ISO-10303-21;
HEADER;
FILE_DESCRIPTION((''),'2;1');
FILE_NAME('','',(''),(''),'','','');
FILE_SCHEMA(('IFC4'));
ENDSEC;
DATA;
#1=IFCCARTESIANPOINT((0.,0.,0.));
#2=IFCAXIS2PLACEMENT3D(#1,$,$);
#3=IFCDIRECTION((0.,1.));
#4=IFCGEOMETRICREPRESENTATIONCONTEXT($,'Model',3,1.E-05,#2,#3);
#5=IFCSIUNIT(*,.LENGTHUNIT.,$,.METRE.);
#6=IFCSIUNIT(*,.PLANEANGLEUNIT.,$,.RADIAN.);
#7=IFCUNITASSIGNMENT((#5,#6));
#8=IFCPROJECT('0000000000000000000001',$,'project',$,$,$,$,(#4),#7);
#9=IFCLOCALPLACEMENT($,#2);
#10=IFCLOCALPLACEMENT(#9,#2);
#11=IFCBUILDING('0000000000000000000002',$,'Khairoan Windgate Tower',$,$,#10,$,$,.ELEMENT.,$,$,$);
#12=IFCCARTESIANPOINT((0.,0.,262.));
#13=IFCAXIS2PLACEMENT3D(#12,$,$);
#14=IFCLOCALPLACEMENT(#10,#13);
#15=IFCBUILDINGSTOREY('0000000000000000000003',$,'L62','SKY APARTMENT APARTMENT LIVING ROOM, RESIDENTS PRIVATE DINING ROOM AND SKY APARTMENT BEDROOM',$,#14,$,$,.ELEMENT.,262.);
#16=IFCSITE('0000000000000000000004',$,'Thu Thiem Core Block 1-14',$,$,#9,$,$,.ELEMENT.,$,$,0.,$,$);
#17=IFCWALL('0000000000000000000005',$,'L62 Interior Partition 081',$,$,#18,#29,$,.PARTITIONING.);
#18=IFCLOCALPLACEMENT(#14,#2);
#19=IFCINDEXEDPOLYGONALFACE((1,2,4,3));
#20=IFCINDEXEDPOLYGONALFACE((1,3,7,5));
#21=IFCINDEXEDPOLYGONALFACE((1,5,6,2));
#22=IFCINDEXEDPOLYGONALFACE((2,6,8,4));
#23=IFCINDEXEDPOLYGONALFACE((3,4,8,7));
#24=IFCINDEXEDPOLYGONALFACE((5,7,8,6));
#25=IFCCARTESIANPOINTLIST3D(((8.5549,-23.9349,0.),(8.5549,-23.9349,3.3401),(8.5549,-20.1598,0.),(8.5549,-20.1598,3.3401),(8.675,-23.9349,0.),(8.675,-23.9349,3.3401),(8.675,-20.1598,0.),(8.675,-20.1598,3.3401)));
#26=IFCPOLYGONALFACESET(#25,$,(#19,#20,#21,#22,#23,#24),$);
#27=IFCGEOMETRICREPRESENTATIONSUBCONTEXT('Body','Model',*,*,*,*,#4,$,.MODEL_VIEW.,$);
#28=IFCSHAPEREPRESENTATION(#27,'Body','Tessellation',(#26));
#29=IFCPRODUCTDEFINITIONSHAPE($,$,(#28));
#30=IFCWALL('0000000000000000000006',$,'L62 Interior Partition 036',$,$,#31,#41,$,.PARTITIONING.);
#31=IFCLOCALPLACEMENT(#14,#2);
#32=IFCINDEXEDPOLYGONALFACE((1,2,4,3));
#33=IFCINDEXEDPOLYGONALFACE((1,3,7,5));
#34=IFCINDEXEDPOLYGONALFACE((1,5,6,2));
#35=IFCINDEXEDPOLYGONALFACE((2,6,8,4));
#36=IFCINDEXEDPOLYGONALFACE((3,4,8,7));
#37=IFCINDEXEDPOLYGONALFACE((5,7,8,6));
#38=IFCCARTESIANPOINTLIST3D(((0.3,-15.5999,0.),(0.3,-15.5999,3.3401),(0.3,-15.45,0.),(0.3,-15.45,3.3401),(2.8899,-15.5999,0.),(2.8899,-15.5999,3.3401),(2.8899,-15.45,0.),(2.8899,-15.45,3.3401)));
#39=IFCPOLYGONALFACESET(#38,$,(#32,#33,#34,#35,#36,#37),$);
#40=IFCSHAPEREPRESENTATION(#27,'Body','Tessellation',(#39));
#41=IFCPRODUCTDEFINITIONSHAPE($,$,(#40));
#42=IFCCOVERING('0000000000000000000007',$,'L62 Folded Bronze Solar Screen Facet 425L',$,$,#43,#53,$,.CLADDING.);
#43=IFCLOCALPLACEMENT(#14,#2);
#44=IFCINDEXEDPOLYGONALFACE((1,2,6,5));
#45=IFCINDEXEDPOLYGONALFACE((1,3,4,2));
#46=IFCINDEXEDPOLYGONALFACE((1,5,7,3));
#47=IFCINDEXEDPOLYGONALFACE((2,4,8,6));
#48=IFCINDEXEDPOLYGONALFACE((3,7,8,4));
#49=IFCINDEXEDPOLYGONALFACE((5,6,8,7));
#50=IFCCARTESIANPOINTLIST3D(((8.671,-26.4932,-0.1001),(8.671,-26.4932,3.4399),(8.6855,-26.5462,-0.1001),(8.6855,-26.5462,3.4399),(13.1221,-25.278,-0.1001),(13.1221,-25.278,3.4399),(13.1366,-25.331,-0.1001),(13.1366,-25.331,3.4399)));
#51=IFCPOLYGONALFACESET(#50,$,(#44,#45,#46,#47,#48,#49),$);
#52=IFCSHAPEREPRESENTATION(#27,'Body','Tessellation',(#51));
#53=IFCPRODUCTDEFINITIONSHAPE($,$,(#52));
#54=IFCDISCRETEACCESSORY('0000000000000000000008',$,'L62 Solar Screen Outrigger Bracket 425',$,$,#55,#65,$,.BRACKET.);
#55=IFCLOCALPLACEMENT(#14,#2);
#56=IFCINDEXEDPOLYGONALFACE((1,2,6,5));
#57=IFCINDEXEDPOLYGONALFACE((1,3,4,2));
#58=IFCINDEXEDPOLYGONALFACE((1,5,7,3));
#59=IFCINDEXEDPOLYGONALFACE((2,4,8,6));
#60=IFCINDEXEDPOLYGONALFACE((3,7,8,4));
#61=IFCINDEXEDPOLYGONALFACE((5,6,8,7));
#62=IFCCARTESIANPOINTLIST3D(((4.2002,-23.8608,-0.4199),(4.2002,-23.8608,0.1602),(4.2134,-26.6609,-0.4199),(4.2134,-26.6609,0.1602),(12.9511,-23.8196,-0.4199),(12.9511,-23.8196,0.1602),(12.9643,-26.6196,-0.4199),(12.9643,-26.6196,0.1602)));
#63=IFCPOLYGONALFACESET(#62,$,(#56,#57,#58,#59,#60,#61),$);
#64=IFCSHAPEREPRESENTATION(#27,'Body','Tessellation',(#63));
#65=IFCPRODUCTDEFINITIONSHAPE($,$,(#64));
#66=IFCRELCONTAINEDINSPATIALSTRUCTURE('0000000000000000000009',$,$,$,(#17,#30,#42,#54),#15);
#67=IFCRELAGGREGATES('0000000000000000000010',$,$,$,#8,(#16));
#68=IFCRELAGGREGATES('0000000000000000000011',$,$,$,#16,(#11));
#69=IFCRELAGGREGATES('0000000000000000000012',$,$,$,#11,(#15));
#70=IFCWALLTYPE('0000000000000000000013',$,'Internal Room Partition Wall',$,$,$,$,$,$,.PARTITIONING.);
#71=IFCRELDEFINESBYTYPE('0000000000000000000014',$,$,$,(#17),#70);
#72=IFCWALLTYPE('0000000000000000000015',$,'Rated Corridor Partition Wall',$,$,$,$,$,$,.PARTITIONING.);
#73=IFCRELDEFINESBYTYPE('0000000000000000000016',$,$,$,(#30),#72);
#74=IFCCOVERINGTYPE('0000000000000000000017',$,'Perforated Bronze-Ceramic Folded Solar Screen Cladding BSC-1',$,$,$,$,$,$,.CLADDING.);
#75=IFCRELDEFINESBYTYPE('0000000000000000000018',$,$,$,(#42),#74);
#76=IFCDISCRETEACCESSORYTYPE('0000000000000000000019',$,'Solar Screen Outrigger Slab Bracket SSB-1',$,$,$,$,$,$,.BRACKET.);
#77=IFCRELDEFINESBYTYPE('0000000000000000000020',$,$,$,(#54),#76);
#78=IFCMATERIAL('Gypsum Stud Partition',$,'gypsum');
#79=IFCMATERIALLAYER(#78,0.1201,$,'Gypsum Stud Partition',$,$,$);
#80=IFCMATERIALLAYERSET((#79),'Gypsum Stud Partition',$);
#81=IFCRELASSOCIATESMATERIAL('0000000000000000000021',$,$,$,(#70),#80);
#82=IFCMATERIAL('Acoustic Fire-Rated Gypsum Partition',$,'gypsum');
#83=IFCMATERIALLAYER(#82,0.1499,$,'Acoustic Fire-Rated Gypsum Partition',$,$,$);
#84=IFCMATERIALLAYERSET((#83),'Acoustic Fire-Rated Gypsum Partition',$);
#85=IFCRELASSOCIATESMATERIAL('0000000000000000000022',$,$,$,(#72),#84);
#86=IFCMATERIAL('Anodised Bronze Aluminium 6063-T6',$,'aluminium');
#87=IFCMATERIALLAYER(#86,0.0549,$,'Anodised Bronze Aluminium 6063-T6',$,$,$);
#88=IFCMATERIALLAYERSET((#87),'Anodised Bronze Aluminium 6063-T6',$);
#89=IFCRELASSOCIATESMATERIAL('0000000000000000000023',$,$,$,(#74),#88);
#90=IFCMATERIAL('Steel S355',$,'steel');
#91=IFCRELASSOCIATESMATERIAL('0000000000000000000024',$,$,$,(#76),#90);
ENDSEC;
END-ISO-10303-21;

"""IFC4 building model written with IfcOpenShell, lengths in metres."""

from ifc_helpers import new_model, si_unit, direction, frame, frame_2d, origin, origin_2d, place, context, subcontext, project, spatial, rectangle, extrude, material, layer, layer_set, type_object, element, save


model = new_model("IFC4")

# Units and contexts
model_context = context("Model", 3, precision=1e-05, world=origin(), true_north=direction((0.0, 1.0)))
body_context = subcontext(model_context, "Body", "Model", "MODEL_VIEW")
ifc_project = project(units=[si_unit("LENGTHUNIT", "METRE"), si_unit("PLANEANGLEUNIT", "RADIAN")], contexts=[model_context])

# Site, building, storey
site_placement = place(None, origin())
site = spatial("IfcSite", under=ifc_project, at=site_placement, Name="Thu Thiem Core Block 1-14", CompositionType="ELEMENT", RefElevation=0.0)
building_placement = place(site_placement, origin())
building = spatial("IfcBuilding", under=site, at=building_placement, Name="Khairoan Windgate Tower", CompositionType="ELEMENT")
storey_placement = place(building_placement, frame((0.0, 0.0, 262.0)))
storey = spatial("IfcBuildingStorey", under=building, at=storey_placement, Name="L62", Description="SKY APARTMENT APARTMENT LIVING ROOM, RESIDENTS PRIVATE DINING ROOM AND SKY APARTMENT BEDROOM", CompositionType="ELEMENT", Elevation=262.0)

# Shared definitions
ifc_material_1 = material(Name="Gypsum Stud Partition", Category="gypsum")
ifc_layer_1 = layer(ifc_material_1, 0.1201, Name="Gypsum Stud Partition")
ifc_layer_set_1 = layer_set([ifc_layer_1], Name="Gypsum Stud Partition")
wall_type_1 = type_object("IfcWallType", Name="Internal Room Partition Wall", PredefinedType="PARTITIONING", material=ifc_layer_set_1)

# Walls
wall_1_placement = place(storey_placement, frame((8.615, -23.9351, 0.0), z_axis=(0.0, 0.0, 1.0), x_axis=(0.0, 1.0, 0.0)))
element("IfcWall", 1, at=wall_1_placement, inside=storey, type_object=wall_type_1, Name="L62 Interior Partition 081", PredefinedType="PARTITIONING", context=body_context, shape_type="SweptSolid", body=[
    extrude(rectangle(XDim=3.7751, YDim=0.1201, at=frame_2d((1.8877, 0.0))), origin(), (0.0, 0.0, 1.0), 3.3401),
])
ifc_material_2 = material(Name="Acoustic Fire-Rated Gypsum Partition", Category="gypsum")
ifc_layer_2 = layer(ifc_material_2, 0.1499, Name="Acoustic Fire-Rated Gypsum Partition")
ifc_layer_set_2 = layer_set([ifc_layer_2], Name="Acoustic Fire-Rated Gypsum Partition")
wall_type_2 = type_object("IfcWallType", Name="Rated Corridor Partition Wall", PredefinedType="PARTITIONING", material=ifc_layer_set_2)
wall_2_placement = place(storey_placement, frame((0.3, -15.5249, 0.0), z_axis=(0.0, 0.0, 1.0), x_axis=(1.0, 0.0, 0.0)))
element("IfcWall", 2, at=wall_2_placement, inside=storey, type_object=wall_type_2, Name="L62 Interior Partition 036", PredefinedType="PARTITIONING", context=body_context, shape_type="SweptSolid", body=[
    extrude(rectangle(XDim=2.5898, YDim=0.1499, at=frame_2d((1.2949, 0.0))), origin(), (0.0, 0.0, 1.0), 3.3401),
])

# Covering
ifc_material_3 = material(Name="Anodised Bronze Aluminium 6063-T6", Category="aluminium")
ifc_layer_3 = layer(ifc_material_3, 0.0549, Name="Anodised Bronze Aluminium 6063-T6")
ifc_layer_set_3 = layer_set([ifc_layer_3], Name="Anodised Bronze Aluminium 6063-T6")
covering_type = type_object("IfcCoveringType", Name="Perforated Bronze-Ceramic Folded Solar Screen Cladding BSC-1", PredefinedType="CLADDING", material=ifc_layer_set_3)
covering_placement = place(storey_placement, frame((10.9038, -25.9121, -0.1001), z_axis=(0.0, 0.0, 1.0), x_axis=(-0.964695, -0.263368, 0.0)))
element("IfcCovering", 3, at=covering_placement, inside=storey, type_object=covering_type, Name="L62 Folded Bronze Solar Screen Facet 425L", PredefinedType="CLADDING", context=body_context, shape_type="SweptSolid", body=[
    extrude(rectangle(XDim=4.614, YDim=0.0549, at=origin_2d()), origin(), (0.0, 0.0, 1.0), 3.54),
])

# Discrete accessory
ifc_material_4 = material(Name="Steel S355", Category="steel")
discrete_accessory_type = type_object("IfcDiscreteAccessoryType", Name="Solar Screen Outrigger Slab Bracket SSB-1", PredefinedType="BRACKET", material=ifc_material_4)
discrete_accessory_placement = place(storey_placement, frame((8.5823, -25.2402, -0.4199), z_axis=(0.0, 0.0, 1.0), x_axis=(-0.999989, -0.004712, 0.0)))
element("IfcDiscreteAccessory", 4, at=discrete_accessory_placement, inside=storey, type_object=discrete_accessory_type, Name="L62 Solar Screen Outrigger Bracket 425", PredefinedType="BRACKET", context=body_context, shape_type="SweptSolid", body=[
    extrude(rectangle(XDim=8.751, YDim=2.8, at=origin_2d()), origin(), (0.0, 0.0, 1.0), 0.5801),
])

save(model, "model.ifc")
